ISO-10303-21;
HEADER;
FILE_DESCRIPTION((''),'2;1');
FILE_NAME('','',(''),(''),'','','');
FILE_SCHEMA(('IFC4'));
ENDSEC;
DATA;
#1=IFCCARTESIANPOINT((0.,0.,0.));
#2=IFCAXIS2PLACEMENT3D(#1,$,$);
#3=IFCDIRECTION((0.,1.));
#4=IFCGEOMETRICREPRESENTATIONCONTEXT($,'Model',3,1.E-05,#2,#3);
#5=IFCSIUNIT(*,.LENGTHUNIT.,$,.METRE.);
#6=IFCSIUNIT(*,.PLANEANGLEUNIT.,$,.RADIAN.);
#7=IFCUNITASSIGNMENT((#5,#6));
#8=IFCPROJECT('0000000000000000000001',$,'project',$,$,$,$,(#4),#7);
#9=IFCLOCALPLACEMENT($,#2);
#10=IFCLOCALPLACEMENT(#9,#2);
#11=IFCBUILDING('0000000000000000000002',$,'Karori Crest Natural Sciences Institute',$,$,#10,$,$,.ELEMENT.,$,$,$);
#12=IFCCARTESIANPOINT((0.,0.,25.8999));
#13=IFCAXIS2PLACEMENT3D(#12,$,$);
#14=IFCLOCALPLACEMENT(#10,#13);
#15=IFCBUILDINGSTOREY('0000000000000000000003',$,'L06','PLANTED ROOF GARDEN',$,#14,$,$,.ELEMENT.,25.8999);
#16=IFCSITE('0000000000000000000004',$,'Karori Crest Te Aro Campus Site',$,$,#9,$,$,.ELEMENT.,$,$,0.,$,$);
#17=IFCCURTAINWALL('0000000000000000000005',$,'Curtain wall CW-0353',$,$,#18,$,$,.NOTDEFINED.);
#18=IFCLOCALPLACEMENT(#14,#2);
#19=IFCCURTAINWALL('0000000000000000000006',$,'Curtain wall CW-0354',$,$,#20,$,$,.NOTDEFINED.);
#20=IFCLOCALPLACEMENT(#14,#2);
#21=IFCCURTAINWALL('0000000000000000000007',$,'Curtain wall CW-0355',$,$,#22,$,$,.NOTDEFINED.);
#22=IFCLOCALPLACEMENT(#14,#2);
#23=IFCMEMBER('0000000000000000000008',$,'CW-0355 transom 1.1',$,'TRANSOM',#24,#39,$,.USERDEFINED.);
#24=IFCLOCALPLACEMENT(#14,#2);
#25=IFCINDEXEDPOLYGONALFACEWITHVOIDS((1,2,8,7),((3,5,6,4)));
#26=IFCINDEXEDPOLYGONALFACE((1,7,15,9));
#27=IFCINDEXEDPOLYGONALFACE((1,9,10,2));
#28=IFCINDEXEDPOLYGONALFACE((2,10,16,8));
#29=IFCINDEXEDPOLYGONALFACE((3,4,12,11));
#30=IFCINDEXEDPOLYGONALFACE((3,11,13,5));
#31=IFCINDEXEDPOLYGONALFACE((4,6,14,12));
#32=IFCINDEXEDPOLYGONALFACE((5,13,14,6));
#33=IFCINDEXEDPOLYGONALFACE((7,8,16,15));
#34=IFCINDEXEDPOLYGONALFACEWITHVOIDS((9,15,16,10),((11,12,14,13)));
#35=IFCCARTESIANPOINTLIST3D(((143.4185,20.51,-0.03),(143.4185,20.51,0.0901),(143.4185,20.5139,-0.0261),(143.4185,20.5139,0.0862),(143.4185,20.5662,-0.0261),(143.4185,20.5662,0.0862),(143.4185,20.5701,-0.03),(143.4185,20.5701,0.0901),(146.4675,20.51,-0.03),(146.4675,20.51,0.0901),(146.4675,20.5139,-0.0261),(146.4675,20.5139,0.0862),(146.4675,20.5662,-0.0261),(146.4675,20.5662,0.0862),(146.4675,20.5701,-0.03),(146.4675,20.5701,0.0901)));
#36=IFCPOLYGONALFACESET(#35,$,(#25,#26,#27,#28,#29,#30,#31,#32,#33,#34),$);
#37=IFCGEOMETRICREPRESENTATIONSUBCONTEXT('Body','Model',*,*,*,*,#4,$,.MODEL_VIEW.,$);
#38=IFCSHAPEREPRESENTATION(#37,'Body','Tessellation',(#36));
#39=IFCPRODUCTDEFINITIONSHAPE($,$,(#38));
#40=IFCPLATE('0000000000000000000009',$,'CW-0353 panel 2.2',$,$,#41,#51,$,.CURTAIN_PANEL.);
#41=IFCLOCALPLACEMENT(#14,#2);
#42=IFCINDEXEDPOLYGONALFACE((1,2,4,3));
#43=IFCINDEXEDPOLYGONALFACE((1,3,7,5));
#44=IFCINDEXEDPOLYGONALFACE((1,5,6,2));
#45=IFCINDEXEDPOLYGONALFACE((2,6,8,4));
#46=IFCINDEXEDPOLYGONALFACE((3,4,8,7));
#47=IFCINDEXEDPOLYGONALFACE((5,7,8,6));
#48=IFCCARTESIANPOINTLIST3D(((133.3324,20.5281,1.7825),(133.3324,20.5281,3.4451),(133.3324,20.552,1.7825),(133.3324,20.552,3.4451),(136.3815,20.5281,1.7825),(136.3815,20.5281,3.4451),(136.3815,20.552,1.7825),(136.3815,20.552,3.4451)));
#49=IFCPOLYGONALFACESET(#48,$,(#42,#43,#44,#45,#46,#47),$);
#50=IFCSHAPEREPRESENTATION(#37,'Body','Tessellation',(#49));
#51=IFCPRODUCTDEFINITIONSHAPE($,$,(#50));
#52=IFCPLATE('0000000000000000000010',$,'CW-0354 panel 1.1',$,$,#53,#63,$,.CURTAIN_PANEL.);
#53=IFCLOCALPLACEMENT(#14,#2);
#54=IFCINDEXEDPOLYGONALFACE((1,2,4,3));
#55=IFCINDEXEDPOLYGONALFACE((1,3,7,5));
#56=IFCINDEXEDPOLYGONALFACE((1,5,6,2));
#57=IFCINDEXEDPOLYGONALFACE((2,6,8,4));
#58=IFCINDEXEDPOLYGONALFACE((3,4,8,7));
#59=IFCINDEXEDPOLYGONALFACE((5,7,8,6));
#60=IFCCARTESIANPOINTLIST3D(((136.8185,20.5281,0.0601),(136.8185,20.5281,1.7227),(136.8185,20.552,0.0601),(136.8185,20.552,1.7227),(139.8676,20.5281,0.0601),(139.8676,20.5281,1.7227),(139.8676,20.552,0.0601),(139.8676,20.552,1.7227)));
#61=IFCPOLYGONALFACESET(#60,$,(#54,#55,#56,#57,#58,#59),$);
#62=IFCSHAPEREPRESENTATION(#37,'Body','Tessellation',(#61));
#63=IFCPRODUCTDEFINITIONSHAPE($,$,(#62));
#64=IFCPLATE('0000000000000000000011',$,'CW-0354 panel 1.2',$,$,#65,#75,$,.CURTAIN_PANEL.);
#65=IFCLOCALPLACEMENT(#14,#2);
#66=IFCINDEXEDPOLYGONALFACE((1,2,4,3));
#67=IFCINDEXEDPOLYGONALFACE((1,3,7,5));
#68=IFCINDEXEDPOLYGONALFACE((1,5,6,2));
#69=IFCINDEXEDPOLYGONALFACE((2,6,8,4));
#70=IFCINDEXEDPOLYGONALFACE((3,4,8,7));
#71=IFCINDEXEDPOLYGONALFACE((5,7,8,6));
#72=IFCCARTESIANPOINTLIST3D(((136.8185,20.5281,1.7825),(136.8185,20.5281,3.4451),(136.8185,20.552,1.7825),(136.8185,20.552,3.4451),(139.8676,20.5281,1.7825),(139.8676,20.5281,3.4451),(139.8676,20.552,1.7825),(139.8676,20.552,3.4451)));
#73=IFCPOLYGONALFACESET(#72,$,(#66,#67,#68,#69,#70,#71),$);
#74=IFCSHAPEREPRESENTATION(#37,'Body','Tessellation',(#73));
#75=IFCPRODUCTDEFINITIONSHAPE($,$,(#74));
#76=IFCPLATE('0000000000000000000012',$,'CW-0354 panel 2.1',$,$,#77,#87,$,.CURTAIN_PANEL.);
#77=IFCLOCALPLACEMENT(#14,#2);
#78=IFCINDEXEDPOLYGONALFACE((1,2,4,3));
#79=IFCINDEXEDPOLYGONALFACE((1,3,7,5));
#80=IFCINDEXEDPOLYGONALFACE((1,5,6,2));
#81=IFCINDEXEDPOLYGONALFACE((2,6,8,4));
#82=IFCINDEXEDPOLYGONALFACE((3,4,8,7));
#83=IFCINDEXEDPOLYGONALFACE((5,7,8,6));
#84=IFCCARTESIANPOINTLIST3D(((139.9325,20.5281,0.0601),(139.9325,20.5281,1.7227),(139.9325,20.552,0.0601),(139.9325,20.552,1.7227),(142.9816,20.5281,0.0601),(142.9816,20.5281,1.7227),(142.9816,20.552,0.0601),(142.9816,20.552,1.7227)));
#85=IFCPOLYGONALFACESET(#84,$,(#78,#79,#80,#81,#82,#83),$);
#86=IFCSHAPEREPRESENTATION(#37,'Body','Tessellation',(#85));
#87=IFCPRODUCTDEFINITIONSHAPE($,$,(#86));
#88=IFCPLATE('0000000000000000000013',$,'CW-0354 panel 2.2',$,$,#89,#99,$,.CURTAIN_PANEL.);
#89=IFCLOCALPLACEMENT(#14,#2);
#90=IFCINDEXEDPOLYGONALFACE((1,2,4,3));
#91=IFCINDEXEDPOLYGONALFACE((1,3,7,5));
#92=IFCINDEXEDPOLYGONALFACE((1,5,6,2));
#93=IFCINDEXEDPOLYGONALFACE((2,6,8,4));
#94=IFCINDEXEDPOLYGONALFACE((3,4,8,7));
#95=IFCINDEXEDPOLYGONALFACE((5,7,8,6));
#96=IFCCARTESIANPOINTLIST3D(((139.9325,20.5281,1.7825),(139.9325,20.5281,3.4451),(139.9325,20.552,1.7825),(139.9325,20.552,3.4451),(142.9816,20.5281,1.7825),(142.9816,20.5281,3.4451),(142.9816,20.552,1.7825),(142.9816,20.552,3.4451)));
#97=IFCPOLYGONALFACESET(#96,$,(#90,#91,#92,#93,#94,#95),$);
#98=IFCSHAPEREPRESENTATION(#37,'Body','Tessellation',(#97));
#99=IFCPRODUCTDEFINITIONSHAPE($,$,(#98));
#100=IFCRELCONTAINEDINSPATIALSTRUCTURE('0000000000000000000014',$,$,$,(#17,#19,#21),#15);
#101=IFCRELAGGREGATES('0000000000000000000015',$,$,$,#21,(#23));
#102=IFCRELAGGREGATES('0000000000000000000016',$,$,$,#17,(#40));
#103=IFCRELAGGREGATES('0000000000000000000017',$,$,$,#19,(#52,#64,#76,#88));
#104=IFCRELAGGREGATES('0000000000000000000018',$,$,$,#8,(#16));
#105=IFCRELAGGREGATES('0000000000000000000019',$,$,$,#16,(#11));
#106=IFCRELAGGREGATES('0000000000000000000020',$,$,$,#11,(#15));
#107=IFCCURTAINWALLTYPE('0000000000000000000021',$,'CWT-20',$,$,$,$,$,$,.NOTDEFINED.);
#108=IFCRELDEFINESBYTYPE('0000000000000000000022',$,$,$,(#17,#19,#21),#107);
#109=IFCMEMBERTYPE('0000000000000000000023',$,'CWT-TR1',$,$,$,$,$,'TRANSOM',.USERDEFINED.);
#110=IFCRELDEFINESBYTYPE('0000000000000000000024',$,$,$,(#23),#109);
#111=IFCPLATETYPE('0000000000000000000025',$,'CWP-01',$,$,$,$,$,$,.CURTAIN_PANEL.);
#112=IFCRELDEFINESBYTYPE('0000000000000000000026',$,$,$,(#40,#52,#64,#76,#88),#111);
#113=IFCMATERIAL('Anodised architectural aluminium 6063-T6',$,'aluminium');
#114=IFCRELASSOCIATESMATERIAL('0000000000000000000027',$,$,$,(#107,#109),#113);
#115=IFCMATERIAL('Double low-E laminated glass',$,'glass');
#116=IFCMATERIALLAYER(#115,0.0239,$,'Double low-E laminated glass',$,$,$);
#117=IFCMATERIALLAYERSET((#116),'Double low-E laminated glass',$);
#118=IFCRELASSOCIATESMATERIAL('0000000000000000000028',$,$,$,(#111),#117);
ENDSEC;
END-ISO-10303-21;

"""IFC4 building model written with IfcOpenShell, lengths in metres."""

from ifc_helpers import new_model, si_unit, direction, frame, origin, origin_2d, place, context, subcontext, project, spatial, rectangle, hollow_rectangle, extrude, material, layer, layer_set, material_profile, profile_set, type_object, element, aggregate, save


model = new_model("IFC4")

# Units and contexts
model_context = context("Model", 3, precision=1e-05, world=origin(), true_north=direction((0.0, 1.0)))
body_context = subcontext(model_context, "Body", "Model", "MODEL_VIEW")
ifc_project = project(units=[si_unit("LENGTHUNIT", "METRE"), si_unit("PLANEANGLEUNIT", "RADIAN")], contexts=[model_context])

# Site, building, storey
site_placement = place(None, origin())
site = spatial("IfcSite", under=ifc_project, at=site_placement, Name="Karori Crest Te Aro Campus Site", CompositionType="ELEMENT", RefElevation=0.0)
building_placement = place(site_placement, origin())
building = spatial("IfcBuilding", under=site, at=building_placement, Name="Karori Crest Natural Sciences Institute", CompositionType="ELEMENT")
storey_placement = place(building_placement, frame((0.0, 0.0, 25.8999)))
storey = spatial("IfcBuildingStorey", under=building, at=storey_placement, Name="L06", Description="PLANTED ROOF GARDEN", CompositionType="ELEMENT", Elevation=25.8999)

# Curtain wall
ifc_material_1 = material(Name="Anodised architectural aluminium 6063-T6", Category="aluminium")
curtain_wall_type = type_object("IfcCurtainWallType", Name="CWT-20", PredefinedType="NOTDEFINED", material=ifc_material_1)
curtain_wall_1_placement = place(storey_placement, origin())
curtain_wall_1 = element("IfcCurtainWall", 1, at=curtain_wall_1_placement, inside=storey, type_object=curtain_wall_type, Name="Curtain wall CW-0353", PredefinedType="NOTDEFINED")

# Curtain wall
curtain_wall_2_placement = place(storey_placement, origin())
curtain_wall_2 = element("IfcCurtainWall", 2, at=curtain_wall_2_placement, inside=storey, type_object=curtain_wall_type, Name="Curtain wall CW-0354", PredefinedType="NOTDEFINED")

# Curtain wall
curtain_wall_3_placement = place(storey_placement, origin())
curtain_wall_3 = element("IfcCurtainWall", 3, at=curtain_wall_3_placement, inside=storey, type_object=curtain_wall_type, Name="Curtain wall CW-0355", PredefinedType="NOTDEFINED")

# Member
ifc_material_profile_1 = material_profile(ifc_material_1, hollow_rectangle(XDim=0.0601, YDim=0.1201, WallThickness=0.0039, at=origin_2d()), Name="CWT120x60x4")
ifc_profile_set_1 = profile_set([ifc_material_profile_1], Name="Anodised architectural aluminium 6063-T6")
member_type_1 = type_object("IfcMemberType", Name="CWT-TR1", ElementType="TRANSOM", PredefinedType="USERDEFINED", material=ifc_profile_set_1)
member_1_placement = place(storey_placement, frame((143.4185, 20.54, 0.03), z_axis=(1.0, 0.0, 0.0), x_axis=(0.0, 1.0, 0.0)))
member_1 = element("IfcMember", 4, at=member_1_placement, type_object=member_type_1, Name="CW-0355 transom 1.1", ObjectType="TRANSOM", PredefinedType="USERDEFINED", context=body_context, shape_type="SweptSolid", body=[
    extrude(hollow_rectangle(XDim=0.0601, YDim=0.1201, WallThickness=0.0039, at=origin_2d()), origin(), (0.0, 0.0, 1.0), 3.0491),
])
aggregate(curtain_wall_3, [member_1])

# Plates
ifc_material_2 = material(Name="Double low-E laminated glass", Category="glass")
ifc_layer = layer(ifc_material_2, 0.0239, Name="Double low-E laminated glass")
ifc_layer_set = layer_set([ifc_layer], Name="Double low-E laminated glass")
plate_type = type_object("IfcPlateType", Name="CWP-01", PredefinedType="CURTAIN_PANEL", material=ifc_layer_set)
plate_1_placement = place(storey_placement, frame((134.8569, 20.54, 1.7825), z_axis=(0.0, 0.0, 1.0), x_axis=(1.0, 0.0, 0.0)))
plate_1 = element("IfcPlate", 5, at=plate_1_placement, type_object=plate_type, Name="CW-0353 panel 2.2", PredefinedType="CURTAIN_PANEL", context=body_context, shape_type="SweptSolid", body=[
    extrude(rectangle(XDim=3.0491, YDim=0.0239, at=origin_2d()), origin(), (0.0, 0.0, 1.0), 1.6626),
])
aggregate(curtain_wall_1, [plate_1])
plate_2_placement = place(storey_placement, frame((138.343, 20.54, 0.0601), z_axis=(0.0, 0.0, 1.0), x_axis=(1.0, 0.0, 0.0)))
plate_2 = element("IfcPlate", 6, at=plate_2_placement, type_object=plate_type, Name="CW-0354 panel 1.1", PredefinedType="CURTAIN_PANEL", context=body_context, shape_type="SweptSolid", body=[
    extrude(rectangle(XDim=3.0491, YDim=0.0239, at=origin_2d()), origin(), (0.0, 0.0, 1.0), 1.6626),
])
plate_3_placement = place(storey_placement, frame((138.343, 20.54, 1.7825), z_axis=(0.0, 0.0, 1.0), x_axis=(1.0, 0.0, 0.0)))
plate_3 = element("IfcPlate", 7, at=plate_3_placement, type_object=plate_type, Name="CW-0354 panel 1.2", PredefinedType="CURTAIN_PANEL", context=body_context, shape_type="SweptSolid", body=[
    extrude(rectangle(XDim=3.0491, YDim=0.0239, at=origin_2d()), origin(), (0.0, 0.0, 1.0), 1.6626),
])
plate_4_placement = place(storey_placement, frame((141.457, 20.54, 0.0601), z_axis=(0.0, 0.0, 1.0), x_axis=(1.0, 0.0, 0.0)))
plate_4 = element("IfcPlate", 8, at=plate_4_placement, type_object=plate_type, Name="CW-0354 panel 2.1", PredefinedType="CURTAIN_PANEL", context=body_context, shape_type="SweptSolid", body=[
    extrude(rectangle(XDim=3.0491, YDim=0.0239, at=origin_2d()), origin(), (0.0, 0.0, 1.0), 1.6626),
])
plate_5_placement = place(storey_placement, frame((141.457, 20.54, 1.7825), z_axis=(0.0, 0.0, 1.0), x_axis=(1.0, 0.0, 0.0)))
plate_5 = element("IfcPlate", 9, at=plate_5_placement, type_object=plate_type, Name="CW-0354 panel 2.2", PredefinedType="CURTAIN_PANEL", context=body_context, shape_type="SweptSolid", body=[
    extrude(rectangle(XDim=3.0491, YDim=0.0239, at=origin_2d()), origin(), (0.0, 0.0, 1.0), 1.6626),
])
aggregate(curtain_wall_2, [plate_2, plate_3, plate_4, plate_5])

save(model, "model.ifc")
